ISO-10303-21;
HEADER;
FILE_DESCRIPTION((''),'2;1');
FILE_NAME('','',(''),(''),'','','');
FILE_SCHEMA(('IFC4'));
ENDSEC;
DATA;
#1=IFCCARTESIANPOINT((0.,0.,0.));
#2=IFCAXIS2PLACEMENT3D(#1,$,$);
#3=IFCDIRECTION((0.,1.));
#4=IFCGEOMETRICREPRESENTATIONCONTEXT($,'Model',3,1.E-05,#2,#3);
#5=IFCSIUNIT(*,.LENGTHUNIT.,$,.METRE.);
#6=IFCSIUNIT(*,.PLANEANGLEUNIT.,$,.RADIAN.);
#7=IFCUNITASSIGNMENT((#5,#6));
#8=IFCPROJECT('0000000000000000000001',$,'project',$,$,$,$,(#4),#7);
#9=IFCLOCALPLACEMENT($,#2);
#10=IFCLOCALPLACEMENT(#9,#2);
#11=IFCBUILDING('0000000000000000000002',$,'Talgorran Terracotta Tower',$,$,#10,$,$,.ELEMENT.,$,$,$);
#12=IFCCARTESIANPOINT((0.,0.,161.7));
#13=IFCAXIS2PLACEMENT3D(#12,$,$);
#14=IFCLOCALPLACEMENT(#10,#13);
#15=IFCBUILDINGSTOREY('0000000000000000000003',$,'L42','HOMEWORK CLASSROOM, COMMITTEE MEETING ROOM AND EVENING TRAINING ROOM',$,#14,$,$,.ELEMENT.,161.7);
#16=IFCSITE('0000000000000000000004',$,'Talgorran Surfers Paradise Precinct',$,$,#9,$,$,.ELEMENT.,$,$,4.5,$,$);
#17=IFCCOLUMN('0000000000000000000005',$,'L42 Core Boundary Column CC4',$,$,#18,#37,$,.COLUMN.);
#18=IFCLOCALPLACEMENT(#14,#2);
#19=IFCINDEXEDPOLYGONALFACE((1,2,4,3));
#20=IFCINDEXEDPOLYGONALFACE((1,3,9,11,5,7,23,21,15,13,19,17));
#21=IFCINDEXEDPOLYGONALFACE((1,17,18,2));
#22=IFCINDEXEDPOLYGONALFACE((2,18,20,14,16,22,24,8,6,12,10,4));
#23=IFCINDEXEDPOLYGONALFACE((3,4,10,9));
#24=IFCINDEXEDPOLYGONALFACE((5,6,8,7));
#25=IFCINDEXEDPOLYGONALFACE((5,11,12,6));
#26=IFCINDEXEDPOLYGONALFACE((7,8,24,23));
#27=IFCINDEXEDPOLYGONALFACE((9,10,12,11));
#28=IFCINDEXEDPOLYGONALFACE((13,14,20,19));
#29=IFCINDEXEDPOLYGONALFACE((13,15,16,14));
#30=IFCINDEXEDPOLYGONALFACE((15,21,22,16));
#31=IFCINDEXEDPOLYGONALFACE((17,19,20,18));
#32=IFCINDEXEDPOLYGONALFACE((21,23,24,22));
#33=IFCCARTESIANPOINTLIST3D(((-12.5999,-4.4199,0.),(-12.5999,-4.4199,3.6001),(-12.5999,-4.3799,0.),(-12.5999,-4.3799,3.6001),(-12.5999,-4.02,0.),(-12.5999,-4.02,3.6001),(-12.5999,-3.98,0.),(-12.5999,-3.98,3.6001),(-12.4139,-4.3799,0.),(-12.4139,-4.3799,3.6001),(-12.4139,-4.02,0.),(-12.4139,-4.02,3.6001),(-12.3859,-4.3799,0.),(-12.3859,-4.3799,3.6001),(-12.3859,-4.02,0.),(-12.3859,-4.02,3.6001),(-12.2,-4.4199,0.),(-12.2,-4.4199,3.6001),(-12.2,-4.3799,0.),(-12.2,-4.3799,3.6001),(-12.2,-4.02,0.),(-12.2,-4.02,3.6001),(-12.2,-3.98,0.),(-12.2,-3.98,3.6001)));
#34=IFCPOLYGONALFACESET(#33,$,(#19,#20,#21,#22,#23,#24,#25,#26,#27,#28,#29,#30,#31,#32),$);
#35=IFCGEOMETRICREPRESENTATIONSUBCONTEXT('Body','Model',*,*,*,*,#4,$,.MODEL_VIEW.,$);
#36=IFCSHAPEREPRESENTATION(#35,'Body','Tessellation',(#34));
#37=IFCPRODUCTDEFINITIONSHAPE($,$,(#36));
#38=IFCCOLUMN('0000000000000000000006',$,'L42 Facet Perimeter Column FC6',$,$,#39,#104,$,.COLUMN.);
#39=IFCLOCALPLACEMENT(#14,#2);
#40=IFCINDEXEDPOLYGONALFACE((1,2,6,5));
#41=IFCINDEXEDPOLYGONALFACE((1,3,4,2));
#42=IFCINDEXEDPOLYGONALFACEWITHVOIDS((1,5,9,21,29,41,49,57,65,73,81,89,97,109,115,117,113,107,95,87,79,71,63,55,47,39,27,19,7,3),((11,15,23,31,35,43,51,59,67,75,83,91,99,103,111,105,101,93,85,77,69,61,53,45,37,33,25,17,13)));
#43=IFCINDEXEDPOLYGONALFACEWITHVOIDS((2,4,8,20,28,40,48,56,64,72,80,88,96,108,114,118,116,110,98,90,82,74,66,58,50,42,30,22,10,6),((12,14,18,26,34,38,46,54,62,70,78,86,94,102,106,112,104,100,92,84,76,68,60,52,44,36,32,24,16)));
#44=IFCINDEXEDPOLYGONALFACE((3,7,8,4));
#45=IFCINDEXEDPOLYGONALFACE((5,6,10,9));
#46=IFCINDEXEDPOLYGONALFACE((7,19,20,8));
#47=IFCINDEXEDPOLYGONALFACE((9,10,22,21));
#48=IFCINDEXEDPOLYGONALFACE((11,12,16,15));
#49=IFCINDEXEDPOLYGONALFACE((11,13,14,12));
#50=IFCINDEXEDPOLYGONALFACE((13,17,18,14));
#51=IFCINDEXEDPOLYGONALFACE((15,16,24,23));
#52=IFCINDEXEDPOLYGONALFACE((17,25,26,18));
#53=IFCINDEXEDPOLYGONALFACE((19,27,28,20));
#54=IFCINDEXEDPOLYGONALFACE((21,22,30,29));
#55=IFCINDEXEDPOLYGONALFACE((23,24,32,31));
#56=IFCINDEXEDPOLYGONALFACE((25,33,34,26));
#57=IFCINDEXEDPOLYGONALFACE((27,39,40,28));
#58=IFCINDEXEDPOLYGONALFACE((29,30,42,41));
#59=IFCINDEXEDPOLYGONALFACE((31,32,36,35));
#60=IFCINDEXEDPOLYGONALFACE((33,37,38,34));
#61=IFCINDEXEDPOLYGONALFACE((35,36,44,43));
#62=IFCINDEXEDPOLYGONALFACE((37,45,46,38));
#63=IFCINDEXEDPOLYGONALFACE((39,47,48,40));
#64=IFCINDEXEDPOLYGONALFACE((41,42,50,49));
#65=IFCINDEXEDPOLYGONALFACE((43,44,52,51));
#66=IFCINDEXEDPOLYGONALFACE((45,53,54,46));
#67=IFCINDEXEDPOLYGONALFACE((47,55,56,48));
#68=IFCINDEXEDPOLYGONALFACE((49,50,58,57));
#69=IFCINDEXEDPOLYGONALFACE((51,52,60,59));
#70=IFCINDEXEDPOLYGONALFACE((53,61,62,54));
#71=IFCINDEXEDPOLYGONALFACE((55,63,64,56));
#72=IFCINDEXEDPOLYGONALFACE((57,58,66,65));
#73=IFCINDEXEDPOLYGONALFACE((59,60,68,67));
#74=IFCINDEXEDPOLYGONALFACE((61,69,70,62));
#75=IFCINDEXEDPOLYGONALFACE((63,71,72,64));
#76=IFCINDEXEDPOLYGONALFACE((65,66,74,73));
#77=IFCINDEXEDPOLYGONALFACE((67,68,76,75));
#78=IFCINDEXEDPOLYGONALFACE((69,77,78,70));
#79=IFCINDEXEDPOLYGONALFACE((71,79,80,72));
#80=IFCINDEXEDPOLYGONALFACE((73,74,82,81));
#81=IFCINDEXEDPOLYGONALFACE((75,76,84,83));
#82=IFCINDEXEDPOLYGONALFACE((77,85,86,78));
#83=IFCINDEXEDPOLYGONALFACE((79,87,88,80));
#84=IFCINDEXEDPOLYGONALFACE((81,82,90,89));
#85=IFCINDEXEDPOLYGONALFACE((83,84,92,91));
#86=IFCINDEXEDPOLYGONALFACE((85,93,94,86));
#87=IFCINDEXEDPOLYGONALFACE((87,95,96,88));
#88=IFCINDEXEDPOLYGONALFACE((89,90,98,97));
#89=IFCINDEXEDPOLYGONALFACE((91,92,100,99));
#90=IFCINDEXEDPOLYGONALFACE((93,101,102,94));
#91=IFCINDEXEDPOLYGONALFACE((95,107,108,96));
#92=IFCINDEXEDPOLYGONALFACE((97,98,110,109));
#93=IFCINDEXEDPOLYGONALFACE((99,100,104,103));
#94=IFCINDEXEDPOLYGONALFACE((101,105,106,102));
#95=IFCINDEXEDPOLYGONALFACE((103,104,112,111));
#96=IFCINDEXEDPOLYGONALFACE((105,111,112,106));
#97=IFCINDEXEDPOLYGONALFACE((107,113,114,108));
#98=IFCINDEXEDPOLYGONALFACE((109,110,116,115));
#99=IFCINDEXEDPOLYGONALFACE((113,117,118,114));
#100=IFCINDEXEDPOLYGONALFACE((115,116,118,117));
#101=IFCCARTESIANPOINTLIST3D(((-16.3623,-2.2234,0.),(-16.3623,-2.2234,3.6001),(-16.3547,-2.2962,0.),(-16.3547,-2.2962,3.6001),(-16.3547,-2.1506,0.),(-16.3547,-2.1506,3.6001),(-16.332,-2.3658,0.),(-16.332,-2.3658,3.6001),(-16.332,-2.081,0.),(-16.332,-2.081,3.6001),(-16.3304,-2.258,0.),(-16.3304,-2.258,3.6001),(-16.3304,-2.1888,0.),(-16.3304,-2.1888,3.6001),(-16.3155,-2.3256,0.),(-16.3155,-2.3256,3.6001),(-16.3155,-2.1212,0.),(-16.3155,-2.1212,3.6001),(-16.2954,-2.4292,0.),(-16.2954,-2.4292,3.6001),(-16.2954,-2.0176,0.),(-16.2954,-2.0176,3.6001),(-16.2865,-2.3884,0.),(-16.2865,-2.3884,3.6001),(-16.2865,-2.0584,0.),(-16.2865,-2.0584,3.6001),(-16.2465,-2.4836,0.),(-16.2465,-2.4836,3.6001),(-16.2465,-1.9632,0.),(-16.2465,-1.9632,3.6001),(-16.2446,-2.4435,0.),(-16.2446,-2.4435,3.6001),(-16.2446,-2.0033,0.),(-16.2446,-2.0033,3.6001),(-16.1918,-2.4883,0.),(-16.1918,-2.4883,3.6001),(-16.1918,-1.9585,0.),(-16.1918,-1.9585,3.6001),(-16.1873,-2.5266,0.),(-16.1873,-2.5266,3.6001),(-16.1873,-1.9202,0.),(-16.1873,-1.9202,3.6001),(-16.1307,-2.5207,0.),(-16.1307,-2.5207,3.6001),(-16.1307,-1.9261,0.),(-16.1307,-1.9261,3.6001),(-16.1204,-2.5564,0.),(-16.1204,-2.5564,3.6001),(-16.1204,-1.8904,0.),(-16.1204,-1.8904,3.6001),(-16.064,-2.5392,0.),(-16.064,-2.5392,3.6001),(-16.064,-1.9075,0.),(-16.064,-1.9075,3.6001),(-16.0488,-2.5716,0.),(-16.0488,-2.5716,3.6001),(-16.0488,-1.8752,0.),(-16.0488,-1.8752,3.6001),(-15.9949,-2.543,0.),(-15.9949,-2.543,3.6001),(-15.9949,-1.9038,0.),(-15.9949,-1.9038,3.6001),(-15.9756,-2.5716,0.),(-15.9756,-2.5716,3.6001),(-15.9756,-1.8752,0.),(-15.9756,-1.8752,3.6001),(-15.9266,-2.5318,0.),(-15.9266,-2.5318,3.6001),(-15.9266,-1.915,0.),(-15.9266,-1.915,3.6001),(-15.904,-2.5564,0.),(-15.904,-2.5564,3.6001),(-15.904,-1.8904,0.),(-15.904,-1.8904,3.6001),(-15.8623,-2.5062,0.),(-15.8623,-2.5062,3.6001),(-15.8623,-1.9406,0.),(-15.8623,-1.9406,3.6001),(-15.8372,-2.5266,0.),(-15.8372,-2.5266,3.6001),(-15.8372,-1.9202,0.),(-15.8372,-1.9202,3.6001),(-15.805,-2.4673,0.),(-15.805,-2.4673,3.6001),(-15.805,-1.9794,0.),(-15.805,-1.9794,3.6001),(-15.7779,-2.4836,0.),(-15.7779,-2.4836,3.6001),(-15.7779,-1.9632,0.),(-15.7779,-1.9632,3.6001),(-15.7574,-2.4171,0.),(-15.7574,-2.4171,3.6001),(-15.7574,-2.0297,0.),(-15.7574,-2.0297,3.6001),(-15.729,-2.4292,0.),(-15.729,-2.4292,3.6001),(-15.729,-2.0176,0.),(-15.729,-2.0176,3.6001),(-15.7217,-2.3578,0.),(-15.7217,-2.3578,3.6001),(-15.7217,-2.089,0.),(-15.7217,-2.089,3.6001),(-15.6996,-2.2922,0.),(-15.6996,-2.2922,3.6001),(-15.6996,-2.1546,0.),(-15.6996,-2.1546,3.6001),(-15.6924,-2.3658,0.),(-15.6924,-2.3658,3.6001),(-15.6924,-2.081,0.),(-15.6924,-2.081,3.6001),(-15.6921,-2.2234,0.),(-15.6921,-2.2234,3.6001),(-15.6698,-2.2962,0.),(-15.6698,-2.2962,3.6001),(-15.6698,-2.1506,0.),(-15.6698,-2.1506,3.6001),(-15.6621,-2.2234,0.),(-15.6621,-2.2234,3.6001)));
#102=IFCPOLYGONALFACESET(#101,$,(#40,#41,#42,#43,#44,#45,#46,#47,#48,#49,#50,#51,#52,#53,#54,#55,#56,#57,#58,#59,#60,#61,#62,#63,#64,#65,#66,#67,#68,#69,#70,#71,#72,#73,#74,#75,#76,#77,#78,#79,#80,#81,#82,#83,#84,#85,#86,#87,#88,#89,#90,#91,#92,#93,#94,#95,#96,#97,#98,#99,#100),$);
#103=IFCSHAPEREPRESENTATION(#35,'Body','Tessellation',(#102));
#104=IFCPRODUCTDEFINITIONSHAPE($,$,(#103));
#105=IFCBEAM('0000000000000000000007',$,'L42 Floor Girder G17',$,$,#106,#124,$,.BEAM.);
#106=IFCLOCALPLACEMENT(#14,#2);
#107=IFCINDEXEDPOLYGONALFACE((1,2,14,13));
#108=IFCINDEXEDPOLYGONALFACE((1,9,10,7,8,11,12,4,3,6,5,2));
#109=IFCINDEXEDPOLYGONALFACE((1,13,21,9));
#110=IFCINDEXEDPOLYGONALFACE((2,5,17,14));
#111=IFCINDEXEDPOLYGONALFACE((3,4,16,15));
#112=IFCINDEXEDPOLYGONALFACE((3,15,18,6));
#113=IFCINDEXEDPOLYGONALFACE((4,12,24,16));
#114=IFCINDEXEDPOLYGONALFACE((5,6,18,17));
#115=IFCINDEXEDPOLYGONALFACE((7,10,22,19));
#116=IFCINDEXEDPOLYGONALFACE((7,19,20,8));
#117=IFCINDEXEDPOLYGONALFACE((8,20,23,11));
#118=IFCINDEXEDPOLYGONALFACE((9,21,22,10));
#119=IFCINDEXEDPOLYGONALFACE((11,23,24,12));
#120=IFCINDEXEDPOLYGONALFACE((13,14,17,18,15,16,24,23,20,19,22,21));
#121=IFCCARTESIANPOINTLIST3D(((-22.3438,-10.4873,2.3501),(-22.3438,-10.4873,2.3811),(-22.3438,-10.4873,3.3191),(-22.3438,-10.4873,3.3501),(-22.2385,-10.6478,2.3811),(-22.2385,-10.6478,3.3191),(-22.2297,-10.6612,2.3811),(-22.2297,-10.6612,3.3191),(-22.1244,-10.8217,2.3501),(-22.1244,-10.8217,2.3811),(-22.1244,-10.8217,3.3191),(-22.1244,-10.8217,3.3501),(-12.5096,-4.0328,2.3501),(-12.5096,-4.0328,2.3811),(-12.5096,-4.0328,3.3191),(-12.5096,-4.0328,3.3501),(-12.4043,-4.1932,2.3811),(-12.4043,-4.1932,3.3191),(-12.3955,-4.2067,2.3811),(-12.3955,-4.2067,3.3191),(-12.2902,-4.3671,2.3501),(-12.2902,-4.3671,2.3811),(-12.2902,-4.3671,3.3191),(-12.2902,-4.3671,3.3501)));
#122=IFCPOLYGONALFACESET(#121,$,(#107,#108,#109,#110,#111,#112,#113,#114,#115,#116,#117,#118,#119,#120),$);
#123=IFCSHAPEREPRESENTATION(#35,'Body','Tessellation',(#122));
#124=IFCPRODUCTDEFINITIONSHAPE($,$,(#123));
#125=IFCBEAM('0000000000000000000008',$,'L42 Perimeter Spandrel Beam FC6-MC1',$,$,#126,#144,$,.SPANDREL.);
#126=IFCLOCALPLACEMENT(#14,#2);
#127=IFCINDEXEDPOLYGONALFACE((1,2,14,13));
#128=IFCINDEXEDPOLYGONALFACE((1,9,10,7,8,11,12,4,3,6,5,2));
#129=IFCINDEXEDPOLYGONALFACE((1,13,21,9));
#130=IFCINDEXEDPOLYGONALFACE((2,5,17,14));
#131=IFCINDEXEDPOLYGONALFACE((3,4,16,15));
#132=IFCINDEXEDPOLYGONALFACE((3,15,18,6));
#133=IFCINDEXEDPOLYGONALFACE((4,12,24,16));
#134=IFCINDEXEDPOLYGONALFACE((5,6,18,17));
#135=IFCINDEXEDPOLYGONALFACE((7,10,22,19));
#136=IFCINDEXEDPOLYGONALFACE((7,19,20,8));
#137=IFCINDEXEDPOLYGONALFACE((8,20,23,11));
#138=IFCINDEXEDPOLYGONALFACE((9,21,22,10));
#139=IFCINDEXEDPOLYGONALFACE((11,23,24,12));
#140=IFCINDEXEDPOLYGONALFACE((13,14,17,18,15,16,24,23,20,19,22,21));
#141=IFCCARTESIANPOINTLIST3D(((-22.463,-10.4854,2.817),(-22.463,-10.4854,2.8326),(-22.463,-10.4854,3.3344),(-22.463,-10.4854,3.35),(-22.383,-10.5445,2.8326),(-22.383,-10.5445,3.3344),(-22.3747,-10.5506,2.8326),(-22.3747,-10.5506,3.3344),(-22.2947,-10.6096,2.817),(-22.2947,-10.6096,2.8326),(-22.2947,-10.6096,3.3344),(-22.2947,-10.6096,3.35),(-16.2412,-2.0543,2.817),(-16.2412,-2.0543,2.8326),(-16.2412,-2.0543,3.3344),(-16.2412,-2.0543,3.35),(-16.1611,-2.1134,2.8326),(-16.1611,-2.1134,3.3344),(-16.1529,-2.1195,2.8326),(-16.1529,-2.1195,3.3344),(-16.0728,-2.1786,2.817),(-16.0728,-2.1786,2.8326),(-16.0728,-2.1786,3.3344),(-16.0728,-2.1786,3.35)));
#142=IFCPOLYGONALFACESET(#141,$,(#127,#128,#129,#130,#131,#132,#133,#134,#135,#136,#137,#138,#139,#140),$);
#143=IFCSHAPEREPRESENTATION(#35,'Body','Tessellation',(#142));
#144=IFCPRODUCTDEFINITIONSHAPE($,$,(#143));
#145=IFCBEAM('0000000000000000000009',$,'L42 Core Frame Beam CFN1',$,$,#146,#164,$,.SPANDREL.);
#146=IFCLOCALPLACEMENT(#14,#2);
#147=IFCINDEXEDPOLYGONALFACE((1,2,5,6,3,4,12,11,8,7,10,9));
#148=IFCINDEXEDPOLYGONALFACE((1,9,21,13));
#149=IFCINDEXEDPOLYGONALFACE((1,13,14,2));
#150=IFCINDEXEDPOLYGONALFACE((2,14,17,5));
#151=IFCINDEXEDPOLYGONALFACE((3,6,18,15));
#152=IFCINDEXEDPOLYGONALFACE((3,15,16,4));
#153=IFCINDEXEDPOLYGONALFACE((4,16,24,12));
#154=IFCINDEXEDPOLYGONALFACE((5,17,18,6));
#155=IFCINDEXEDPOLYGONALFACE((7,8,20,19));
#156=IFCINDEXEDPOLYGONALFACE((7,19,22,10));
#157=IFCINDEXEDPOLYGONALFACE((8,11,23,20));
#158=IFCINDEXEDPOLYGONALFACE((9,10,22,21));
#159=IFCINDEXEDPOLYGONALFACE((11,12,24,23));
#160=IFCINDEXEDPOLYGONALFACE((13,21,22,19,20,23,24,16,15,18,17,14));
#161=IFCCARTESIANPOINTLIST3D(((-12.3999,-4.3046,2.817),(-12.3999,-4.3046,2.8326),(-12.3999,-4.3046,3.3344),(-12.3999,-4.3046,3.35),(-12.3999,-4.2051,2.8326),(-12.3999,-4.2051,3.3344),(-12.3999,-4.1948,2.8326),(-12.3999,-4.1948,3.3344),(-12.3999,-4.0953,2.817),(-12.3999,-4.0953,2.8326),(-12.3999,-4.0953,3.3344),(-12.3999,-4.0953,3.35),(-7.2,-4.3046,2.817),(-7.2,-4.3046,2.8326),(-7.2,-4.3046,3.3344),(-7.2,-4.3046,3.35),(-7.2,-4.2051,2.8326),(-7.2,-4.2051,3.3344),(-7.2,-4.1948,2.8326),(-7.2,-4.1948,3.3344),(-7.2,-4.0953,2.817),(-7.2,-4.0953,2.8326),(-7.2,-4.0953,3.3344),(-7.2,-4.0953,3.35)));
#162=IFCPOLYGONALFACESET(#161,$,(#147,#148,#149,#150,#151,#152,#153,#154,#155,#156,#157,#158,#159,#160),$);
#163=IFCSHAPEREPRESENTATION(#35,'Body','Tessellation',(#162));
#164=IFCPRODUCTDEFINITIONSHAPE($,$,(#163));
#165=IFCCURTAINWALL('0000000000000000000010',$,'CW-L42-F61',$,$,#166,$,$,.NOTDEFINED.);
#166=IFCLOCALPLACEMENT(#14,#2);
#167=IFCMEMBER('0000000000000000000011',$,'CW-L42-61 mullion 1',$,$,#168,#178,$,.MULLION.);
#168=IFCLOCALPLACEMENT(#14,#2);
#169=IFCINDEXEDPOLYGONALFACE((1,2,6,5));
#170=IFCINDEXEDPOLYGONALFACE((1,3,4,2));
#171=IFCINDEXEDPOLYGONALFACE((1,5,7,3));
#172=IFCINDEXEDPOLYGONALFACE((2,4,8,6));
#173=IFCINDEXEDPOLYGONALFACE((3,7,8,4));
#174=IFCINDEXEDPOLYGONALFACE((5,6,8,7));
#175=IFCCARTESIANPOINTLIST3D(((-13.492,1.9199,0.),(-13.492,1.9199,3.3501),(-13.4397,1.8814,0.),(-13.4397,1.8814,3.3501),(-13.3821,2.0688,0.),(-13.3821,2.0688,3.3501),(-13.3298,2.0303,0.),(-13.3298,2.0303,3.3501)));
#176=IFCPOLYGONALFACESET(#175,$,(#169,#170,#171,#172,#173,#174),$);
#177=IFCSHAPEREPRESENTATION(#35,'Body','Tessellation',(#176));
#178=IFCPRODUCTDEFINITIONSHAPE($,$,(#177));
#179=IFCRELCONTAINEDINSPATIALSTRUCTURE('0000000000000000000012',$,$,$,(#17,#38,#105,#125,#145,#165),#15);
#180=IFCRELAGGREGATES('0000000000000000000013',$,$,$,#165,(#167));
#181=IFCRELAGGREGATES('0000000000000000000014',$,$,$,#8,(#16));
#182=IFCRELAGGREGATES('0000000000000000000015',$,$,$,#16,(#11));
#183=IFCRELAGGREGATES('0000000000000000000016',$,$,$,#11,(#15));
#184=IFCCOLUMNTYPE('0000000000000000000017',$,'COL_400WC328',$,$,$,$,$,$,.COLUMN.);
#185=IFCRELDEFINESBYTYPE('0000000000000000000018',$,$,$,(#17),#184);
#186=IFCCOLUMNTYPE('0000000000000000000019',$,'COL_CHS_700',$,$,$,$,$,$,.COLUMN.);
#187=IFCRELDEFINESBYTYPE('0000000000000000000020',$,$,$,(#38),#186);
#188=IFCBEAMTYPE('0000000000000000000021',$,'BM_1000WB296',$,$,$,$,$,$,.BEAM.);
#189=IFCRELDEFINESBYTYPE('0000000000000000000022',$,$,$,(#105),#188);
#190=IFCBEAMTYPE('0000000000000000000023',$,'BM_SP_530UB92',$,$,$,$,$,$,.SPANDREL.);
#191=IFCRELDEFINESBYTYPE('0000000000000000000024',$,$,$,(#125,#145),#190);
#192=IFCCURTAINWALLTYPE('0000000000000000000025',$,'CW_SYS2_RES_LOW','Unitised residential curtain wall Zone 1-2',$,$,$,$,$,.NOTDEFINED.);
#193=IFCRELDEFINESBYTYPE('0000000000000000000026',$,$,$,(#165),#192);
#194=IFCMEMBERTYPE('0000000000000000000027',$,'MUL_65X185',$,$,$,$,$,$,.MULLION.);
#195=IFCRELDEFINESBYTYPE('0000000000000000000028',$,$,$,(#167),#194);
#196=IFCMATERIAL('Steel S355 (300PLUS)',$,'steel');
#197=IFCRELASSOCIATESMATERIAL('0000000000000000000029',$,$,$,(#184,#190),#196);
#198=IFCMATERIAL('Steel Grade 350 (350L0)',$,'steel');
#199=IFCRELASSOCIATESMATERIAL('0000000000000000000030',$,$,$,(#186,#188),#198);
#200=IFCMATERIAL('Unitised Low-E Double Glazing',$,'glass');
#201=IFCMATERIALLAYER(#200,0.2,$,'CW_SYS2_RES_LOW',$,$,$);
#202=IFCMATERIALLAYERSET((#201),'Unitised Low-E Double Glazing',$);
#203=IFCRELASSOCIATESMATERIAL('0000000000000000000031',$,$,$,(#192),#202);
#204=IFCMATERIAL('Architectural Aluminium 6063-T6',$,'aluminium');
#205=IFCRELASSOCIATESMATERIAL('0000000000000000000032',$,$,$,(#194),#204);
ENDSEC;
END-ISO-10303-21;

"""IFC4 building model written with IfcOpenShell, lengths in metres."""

from ifc_helpers import new_model, si_unit, direction, frame, origin, origin_2d, place, context, subcontext, project, spatial, rectangle, hollow_circle, i_section, extrude, material, layer, layer_set, material_profile, profile_set, type_object, element, aggregate, save


model = new_model("IFC4")

# Units and contexts
model_context = context("Model", 3, precision=1e-05, world=origin(), true_north=direction((0.0, 1.0)))
body_context = subcontext(model_context, "Body", "Model", "MODEL_VIEW")
ifc_project = project(units=[si_unit("LENGTHUNIT", "METRE"), si_unit("PLANEANGLEUNIT", "RADIAN")], contexts=[model_context])

# Site, building, storey
site_placement = place(None, origin())
site = spatial("IfcSite", under=ifc_project, at=site_placement, Name="Talgorran Surfers Paradise Precinct", CompositionType="ELEMENT", RefElevation=4.5)
building_placement = place(site_placement, origin())
building = spatial("IfcBuilding", under=site, at=building_placement, Name="Talgorran Terracotta Tower", CompositionType="ELEMENT")
storey_placement = place(building_placement, frame((0.0, 0.0, 161.7)))
storey = spatial("IfcBuildingStorey", under=building, at=storey_placement, Name="L42", Description="HOMEWORK CLASSROOM, COMMITTEE MEETING ROOM AND EVENING TRAINING ROOM", CompositionType="ELEMENT", Elevation=161.7)

# Columns
ifc_material_1 = material(Name="Steel S355 (300PLUS)", Category="steel")
ifc_material_profile_1 = material_profile(ifc_material_1, i_section(OverallWidth=0.3999, OverallDepth=0.4399, WebThickness=0.0281, FlangeThickness=0.04, at=origin_2d()), Name="400WC328")
ifc_profile_set_1 = profile_set([ifc_material_profile_1], Name="Steel S355 (300PLUS)")
column_type_1 = type_object("IfcColumnType", Name="COL_400WC328", PredefinedType="COLUMN", material=ifc_profile_set_1)
column_1_placement = place(storey_placement, frame((-12.3999, -4.2, 0.0), z_axis=(0.0, 0.0, 1.0), x_axis=(1.0, 0.0, 0.0)))
element("IfcColumn", 1, at=column_1_placement, inside=storey, type_object=column_type_1, Name="L42 Core Boundary Column CC4", PredefinedType="COLUMN", context=body_context, shape_type="SweptSolid", body=[
    extrude(i_section(OverallWidth=0.3999, OverallDepth=0.4399, WebThickness=0.0281, FlangeThickness=0.04, at=origin_2d()), origin(), (0.0, 0.0, 1.0), 3.6001),
])
ifc_material_2 = material(Name="Steel Grade 350 (350L0)", Category="steel")
ifc_material_profile_2 = material_profile(ifc_material_2, hollow_circle(Radius=0.3501, WallThickness=0.03, at=origin_2d()), Name="CHS700X30")
ifc_profile_set_2 = profile_set([ifc_material_profile_2], Name="Steel Grade 350 (350L0)")
column_type_2 = type_object("IfcColumnType", Name="COL_CHS_700", PredefinedType="COLUMN", material=ifc_profile_set_2)
column_2_placement = place(storey_placement, frame((-16.0122, -2.2234, 0.0), z_axis=(0.0, 0.0, 1.0), x_axis=(1.0, 0.0, 0.0)))
element("IfcColumn", 2, at=column_2_placement, inside=storey, type_object=column_type_2, Name="L42 Facet Perimeter Column FC6", PredefinedType="COLUMN", context=body_context, shape_type="SweptSolid", body=[
    extrude(hollow_circle(Radius=0.3501, WallThickness=0.03, at=origin_2d()), origin(), (0.0, 0.0, 1.0), 3.6001),
])

# Beams
ifc_material_profile_3 = material_profile(ifc_material_2, i_section(OverallWidth=0.3999, OverallDepth=1.0, WebThickness=0.0161, FlangeThickness=0.031, at=origin_2d()), Name="1000WB296")
ifc_profile_set_3 = profile_set([ifc_material_profile_3], Name="Steel Grade 350 (350L0)")
beam_type_1 = type_object("IfcBeamType", Name="BM_1000WB296", PredefinedType="BEAM", material=ifc_profile_set_3)
beam_1_placement = place(storey_placement, frame((-12.3999, -4.2, 2.8501), z_axis=(-0.836014, -0.548709, 0.0), x_axis=(0.548709, -0.836014, 0.0)))
element("IfcBeam", 3, at=beam_1_placement, inside=storey, type_object=beam_type_1, Name="L42 Floor Girder G17", PredefinedType="BEAM", context=body_context, shape_type="SweptSolid", body=[
    extrude(i_section(OverallWidth=0.3999, OverallDepth=1.0, WebThickness=0.0161, FlangeThickness=0.031, at=origin_2d()), origin(), (0.0, 0.0, 1.0), 11.7632),
])
ifc_material_profile_4 = material_profile(ifc_material_1, i_section(OverallWidth=0.2092, OverallDepth=0.533, WebThickness=0.0103, FlangeThickness=0.0156, at=origin_2d()), Name="530UB92.4")
ifc_profile_set_4 = profile_set([ifc_material_profile_4], Name="Steel S355 (300PLUS)")
beam_type_2 = type_object("IfcBeamType", Name="BM_SP_530UB92", PredefinedType="SPANDREL", material=ifc_profile_set_4)
beam_2_placement = place(storey_placement, frame((-16.157, -2.1165, 3.0835), z_axis=(-0.593786, -0.804623, 0.0), x_axis=(0.804623, -0.593786, 0.0)))
element("IfcBeam", 4, at=beam_2_placement, inside=storey, type_object=beam_type_2, Name="L42 Perimeter Spandrel Beam FC6-MC1", PredefinedType="SPANDREL", context=body_context, shape_type="SweptSolid", body=[
    extrude(i_section(OverallWidth=0.2092, OverallDepth=0.533, WebThickness=0.0103, FlangeThickness=0.0156, at=origin_2d()), origin(), (0.0, 0.0, 1.0), 10.4783),
])
beam_3_placement = place(storey_placement, frame((-12.3999, -4.2, 3.0835), z_axis=(1.0, 0.0, 0.0), x_axis=(0.0, 1.0, 0.0)))
element("IfcBeam", 5, at=beam_3_placement, inside=storey, type_object=beam_type_2, Name="L42 Core Frame Beam CFN1", PredefinedType="SPANDREL", context=body_context, shape_type="SweptSolid", body=[
    extrude(i_section(OverallWidth=0.2092, OverallDepth=0.533, WebThickness=0.0103, FlangeThickness=0.0156, at=origin_2d()), origin(), (0.0, 0.0, 1.0), 5.2),
])

# Curtain wall, member
ifc_material_3 = material(Name="Unitised Low-E Double Glazing", Category="glass")
ifc_layer_1 = layer(ifc_material_3, 0.2, Name="CW_SYS2_RES_LOW")
ifc_layer_set_1 = layer_set([ifc_layer_1], Name="Unitised Low-E Double Glazing")
curtain_wall_type = type_object("IfcCurtainWallType", Name="CW_SYS2_RES_LOW", Description="Unitised residential curtain wall Zone 1-2", PredefinedType="NOTDEFINED", material=ifc_layer_set_1)
curtain_wall_placement = place(storey_placement, origin())
curtain_wall = element("IfcCurtainWall", 6, at=curtain_wall_placement, inside=storey, type_object=curtain_wall_type, Name="CW-L42-F61", PredefinedType="NOTDEFINED")
ifc_material_4 = material(Name="Architectural Aluminium 6063-T6", Category="aluminium")
ifc_material_profile_5 = material_profile(ifc_material_4, rectangle(XDim=0.0649, YDim=0.1851, at=origin_2d()), Name="CWM65X185")
ifc_profile_set_5 = profile_set([ifc_material_profile_5], Name="Architectural Aluminium 6063-T6")
member_type_1 = type_object("IfcMemberType", Name="MUL_65X185", PredefinedType="MULLION", material=ifc_profile_set_5)
member_1_placement = place(storey_placement, frame((-13.4109, 1.9751, 0.0), z_axis=(0.0, 0.0, 1.0), x_axis=(0.804625, -0.593784, 0.0)))
member_1 = element("IfcMember", 7, at=member_1_placement, type_object=member_type_1, Name="CW-L42-61 mullion 1", PredefinedType="MULLION", context=body_context, shape_type="SweptSolid", body=[
    extrude(rectangle(XDim=0.0649, YDim=0.1851, at=origin_2d()), origin(), (0.0, 0.0, 1.0), 3.3501),
])
aggregate(curtain_wall, [member_1])

save(model, "model.ifc")
